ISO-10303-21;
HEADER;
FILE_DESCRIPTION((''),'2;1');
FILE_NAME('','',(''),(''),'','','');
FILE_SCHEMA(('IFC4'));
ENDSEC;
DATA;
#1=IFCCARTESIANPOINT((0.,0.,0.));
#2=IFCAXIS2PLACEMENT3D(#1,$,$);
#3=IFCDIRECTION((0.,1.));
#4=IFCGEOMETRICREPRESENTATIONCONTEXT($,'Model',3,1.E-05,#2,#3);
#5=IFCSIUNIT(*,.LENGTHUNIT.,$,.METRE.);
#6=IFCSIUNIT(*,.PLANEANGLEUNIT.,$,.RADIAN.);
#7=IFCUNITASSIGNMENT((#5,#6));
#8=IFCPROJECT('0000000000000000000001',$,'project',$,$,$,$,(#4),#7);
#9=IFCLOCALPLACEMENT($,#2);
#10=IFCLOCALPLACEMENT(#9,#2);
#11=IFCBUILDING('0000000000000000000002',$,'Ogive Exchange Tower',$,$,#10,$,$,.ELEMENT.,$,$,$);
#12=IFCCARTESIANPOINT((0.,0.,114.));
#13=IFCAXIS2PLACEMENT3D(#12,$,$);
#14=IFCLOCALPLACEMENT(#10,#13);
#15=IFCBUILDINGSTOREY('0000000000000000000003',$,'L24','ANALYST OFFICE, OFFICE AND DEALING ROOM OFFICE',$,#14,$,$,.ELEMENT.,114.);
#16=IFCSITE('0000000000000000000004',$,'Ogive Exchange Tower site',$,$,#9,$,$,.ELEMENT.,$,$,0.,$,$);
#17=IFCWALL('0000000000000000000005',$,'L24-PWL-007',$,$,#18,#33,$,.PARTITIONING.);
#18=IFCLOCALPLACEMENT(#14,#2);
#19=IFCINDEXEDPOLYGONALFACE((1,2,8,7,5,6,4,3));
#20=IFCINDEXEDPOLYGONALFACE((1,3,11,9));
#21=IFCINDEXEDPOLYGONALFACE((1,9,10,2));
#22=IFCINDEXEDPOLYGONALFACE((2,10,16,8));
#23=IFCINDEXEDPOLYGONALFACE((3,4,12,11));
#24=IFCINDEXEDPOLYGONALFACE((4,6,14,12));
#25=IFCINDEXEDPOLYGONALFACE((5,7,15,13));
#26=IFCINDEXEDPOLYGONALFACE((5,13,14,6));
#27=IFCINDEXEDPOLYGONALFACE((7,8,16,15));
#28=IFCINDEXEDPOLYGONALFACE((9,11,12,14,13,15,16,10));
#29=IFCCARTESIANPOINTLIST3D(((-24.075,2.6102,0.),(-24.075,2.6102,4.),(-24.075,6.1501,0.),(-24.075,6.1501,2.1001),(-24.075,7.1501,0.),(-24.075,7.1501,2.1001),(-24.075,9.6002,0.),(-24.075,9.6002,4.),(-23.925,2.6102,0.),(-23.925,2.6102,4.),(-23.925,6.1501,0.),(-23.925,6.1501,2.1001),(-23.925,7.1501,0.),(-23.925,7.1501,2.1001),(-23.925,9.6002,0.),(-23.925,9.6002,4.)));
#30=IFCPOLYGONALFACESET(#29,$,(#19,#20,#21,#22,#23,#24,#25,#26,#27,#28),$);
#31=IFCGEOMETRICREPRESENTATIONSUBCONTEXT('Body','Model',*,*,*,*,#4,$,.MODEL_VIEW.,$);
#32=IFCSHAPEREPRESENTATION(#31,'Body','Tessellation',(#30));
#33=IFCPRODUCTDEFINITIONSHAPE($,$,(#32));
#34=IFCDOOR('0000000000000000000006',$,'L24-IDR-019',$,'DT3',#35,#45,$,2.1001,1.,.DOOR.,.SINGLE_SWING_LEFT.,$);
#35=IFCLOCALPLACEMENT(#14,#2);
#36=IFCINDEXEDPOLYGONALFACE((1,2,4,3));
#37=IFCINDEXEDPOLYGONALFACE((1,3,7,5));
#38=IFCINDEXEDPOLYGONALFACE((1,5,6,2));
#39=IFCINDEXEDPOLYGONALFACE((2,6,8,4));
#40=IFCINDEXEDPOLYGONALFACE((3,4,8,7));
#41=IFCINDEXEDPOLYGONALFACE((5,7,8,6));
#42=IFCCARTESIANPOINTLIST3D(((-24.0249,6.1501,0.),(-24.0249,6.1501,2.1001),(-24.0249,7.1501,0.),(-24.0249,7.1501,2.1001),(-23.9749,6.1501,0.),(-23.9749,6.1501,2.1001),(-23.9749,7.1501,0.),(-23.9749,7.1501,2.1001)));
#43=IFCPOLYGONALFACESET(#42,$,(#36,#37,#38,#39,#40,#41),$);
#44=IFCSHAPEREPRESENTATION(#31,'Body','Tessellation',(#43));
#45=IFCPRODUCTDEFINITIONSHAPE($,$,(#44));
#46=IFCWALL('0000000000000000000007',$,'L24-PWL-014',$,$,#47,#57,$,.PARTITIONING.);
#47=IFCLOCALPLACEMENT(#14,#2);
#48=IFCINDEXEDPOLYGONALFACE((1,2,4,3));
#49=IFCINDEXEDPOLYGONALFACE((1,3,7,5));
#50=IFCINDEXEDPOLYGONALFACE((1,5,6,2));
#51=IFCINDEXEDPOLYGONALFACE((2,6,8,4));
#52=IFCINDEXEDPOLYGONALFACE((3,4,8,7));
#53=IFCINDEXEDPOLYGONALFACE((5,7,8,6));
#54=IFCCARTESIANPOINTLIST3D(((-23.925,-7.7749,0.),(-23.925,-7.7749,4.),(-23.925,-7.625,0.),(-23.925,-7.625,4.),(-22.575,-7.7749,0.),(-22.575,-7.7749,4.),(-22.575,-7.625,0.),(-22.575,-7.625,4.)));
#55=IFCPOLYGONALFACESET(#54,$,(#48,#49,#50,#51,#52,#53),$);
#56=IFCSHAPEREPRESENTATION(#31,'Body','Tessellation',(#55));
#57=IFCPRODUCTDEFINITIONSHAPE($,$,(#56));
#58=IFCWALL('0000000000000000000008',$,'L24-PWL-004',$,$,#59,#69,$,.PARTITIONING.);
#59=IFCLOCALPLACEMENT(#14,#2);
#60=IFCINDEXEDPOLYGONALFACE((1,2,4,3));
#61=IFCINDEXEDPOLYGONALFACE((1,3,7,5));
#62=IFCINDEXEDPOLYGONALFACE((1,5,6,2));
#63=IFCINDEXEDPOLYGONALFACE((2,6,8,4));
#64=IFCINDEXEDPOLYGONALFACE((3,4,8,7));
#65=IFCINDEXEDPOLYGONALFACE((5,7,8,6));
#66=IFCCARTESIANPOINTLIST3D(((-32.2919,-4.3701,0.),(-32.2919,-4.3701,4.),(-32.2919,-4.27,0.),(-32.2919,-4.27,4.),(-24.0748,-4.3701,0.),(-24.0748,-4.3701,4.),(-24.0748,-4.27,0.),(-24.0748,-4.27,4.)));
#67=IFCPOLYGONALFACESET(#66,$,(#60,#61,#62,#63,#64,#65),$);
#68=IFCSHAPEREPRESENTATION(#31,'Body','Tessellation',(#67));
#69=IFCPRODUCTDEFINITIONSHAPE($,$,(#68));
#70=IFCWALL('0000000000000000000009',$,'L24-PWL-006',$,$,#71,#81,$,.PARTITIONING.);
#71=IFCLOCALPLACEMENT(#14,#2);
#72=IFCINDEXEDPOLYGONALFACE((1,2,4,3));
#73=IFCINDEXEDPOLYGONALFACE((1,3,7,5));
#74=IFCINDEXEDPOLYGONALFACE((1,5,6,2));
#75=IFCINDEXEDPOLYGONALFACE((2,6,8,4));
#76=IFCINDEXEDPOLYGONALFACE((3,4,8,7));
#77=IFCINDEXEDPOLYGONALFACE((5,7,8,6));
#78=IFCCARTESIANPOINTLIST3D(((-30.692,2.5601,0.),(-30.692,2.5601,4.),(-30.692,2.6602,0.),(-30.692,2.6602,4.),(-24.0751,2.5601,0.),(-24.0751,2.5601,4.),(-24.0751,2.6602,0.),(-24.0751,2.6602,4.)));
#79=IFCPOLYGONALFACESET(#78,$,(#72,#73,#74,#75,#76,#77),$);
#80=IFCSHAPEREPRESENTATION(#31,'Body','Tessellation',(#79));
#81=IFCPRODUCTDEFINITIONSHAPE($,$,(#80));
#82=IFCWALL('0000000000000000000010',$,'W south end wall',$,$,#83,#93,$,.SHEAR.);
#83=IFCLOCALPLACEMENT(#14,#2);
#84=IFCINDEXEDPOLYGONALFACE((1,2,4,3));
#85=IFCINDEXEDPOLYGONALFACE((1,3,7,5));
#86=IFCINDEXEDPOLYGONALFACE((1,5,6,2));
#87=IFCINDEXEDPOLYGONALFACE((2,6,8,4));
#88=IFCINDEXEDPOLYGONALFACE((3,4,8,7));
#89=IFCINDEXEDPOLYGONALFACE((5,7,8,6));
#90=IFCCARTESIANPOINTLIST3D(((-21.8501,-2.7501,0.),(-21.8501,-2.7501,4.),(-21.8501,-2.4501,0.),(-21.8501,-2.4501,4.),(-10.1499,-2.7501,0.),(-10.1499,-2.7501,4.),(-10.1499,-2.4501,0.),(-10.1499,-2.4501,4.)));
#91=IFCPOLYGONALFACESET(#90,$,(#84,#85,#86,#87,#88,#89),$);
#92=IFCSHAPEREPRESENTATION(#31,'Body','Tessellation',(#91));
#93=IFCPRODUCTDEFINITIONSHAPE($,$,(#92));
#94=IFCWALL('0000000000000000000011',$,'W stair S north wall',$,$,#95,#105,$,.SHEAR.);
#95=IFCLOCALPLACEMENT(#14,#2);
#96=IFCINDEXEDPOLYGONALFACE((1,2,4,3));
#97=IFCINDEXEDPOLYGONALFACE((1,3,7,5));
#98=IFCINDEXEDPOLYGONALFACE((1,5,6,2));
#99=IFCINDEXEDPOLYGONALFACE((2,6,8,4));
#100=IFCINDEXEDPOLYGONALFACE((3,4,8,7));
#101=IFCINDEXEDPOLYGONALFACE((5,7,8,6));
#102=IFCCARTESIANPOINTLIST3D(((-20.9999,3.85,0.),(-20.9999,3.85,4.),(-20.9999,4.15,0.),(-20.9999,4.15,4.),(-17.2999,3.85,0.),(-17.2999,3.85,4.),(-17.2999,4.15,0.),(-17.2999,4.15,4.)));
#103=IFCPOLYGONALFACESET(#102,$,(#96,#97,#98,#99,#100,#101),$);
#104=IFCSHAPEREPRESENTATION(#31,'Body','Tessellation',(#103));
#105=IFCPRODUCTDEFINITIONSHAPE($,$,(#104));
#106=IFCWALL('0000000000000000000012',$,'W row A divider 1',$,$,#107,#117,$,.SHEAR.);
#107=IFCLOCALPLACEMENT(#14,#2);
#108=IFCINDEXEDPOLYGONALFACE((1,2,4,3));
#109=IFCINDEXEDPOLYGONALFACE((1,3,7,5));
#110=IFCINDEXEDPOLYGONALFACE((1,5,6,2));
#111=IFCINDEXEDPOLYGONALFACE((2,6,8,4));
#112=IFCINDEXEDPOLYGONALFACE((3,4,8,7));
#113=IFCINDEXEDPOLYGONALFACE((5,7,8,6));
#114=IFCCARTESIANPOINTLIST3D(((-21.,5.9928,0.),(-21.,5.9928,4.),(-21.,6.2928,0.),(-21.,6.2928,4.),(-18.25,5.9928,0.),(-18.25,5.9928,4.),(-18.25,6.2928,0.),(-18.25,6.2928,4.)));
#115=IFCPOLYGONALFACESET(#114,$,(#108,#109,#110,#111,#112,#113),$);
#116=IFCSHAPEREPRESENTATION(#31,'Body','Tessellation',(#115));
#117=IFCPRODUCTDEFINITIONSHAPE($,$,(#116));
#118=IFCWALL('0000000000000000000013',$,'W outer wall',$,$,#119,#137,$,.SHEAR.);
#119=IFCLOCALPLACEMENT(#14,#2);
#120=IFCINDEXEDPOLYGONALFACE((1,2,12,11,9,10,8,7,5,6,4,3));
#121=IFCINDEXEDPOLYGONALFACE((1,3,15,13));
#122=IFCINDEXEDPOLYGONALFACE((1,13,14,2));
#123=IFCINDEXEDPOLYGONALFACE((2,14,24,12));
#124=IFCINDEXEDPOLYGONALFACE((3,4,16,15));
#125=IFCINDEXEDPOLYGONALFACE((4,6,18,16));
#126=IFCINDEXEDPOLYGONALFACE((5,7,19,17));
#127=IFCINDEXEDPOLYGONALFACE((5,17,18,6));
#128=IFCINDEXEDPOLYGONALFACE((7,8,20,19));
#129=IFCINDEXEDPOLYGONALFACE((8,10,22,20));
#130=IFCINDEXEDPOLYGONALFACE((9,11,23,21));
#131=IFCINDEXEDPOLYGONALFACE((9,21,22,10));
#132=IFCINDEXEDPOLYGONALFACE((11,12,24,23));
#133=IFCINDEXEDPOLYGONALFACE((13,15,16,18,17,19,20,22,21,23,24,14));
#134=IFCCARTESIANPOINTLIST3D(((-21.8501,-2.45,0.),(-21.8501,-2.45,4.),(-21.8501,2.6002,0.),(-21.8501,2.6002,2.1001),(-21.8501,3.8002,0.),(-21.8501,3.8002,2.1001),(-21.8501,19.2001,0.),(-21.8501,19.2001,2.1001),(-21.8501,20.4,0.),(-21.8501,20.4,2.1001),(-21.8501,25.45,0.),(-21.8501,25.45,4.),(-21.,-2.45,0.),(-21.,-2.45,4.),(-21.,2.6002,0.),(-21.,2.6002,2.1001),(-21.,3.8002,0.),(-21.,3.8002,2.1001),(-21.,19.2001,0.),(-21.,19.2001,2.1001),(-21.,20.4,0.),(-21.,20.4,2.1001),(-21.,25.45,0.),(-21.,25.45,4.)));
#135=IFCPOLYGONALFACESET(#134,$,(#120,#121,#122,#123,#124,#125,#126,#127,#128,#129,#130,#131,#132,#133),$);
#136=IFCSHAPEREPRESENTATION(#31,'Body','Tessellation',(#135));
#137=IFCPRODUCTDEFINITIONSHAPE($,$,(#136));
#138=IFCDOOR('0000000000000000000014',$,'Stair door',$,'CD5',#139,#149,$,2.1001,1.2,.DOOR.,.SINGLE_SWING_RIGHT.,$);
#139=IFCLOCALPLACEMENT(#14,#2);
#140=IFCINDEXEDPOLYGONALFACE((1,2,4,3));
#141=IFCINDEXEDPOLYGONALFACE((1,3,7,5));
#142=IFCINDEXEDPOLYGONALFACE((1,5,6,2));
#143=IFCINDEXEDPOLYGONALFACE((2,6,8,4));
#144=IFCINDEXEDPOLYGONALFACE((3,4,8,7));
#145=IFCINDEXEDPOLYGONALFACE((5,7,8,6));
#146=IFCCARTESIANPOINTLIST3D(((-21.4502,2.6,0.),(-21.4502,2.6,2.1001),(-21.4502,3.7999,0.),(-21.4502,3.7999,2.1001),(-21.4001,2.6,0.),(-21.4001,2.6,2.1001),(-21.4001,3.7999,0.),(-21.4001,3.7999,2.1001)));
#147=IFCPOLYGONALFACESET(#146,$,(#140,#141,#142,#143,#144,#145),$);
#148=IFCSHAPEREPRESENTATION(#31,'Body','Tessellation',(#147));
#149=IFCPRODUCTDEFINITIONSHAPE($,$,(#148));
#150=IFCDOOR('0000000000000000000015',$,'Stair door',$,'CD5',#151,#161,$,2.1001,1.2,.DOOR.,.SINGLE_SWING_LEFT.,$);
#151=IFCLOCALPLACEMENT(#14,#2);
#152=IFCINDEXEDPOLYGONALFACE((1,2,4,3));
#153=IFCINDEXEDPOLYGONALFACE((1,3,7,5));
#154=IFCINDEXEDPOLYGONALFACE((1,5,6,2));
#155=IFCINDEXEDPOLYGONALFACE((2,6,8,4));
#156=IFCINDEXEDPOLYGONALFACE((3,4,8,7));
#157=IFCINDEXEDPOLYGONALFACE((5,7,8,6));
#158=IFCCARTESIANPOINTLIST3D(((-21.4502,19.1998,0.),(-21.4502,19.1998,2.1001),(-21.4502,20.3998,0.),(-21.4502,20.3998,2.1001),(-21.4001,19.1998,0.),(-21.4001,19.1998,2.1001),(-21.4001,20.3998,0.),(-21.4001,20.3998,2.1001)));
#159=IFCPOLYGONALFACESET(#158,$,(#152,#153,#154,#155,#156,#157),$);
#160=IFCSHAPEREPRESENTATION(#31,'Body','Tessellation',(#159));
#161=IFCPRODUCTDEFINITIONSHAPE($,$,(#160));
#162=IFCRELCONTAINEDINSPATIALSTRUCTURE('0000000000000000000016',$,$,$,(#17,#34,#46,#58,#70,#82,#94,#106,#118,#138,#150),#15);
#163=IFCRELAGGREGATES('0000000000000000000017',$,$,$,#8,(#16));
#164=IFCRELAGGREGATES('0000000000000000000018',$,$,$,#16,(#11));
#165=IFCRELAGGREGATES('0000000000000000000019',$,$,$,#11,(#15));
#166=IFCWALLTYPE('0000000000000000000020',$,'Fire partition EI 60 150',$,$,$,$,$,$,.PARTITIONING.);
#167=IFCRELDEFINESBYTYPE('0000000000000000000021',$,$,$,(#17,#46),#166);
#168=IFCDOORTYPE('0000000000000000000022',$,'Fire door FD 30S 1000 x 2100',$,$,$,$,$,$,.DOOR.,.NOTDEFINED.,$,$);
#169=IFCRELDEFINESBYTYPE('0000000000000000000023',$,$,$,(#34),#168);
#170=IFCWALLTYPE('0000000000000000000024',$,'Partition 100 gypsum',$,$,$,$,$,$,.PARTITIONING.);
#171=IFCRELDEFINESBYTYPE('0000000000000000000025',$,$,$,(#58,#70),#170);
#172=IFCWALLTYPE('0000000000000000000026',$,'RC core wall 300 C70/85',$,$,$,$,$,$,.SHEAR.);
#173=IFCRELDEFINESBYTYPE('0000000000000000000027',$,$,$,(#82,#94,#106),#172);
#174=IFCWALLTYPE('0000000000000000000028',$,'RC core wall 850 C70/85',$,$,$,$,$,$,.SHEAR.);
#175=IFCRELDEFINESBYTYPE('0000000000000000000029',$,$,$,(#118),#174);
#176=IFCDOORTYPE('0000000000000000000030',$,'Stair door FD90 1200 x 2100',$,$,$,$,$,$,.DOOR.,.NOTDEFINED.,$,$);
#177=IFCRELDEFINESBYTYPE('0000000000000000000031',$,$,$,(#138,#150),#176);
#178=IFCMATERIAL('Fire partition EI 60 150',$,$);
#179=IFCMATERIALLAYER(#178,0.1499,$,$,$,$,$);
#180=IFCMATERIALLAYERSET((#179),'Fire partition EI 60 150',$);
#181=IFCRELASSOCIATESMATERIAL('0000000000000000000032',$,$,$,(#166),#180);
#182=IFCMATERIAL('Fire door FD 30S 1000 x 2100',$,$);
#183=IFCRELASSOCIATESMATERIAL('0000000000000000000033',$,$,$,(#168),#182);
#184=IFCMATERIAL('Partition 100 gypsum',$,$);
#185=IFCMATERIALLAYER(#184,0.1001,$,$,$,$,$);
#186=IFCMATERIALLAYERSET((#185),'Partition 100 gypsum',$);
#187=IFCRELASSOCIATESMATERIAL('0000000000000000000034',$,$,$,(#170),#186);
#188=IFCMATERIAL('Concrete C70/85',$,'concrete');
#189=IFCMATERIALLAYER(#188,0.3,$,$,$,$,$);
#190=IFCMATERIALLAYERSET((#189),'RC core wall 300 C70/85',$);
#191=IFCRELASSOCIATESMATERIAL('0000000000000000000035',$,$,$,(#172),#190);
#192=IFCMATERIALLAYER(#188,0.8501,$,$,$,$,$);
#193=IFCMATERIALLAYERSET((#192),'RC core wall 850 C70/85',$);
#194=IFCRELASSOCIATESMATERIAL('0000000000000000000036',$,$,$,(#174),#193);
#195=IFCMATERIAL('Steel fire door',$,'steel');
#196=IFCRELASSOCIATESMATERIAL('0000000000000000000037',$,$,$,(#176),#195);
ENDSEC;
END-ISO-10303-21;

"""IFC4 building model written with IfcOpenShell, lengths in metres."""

from ifc_helpers import new_model, si_unit, direction, frame, frame_2d, origin, place, context, subcontext, project, spatial, rectangle, extrude, material, layer, layer_set, type_object, element, fill, save


model = new_model("IFC4")

# Units and contexts
model_context = context("Model", 3, precision=1e-05, world=origin(), true_north=direction((0.0, 1.0)))
body_context = subcontext(model_context, "Body", "Model", "MODEL_VIEW")
ifc_project = project(units=[si_unit("LENGTHUNIT", "METRE"), si_unit("PLANEANGLEUNIT", "RADIAN")], contexts=[model_context])

# Site, building, storey
site_placement = place(None, origin())
site = spatial("IfcSite", under=ifc_project, at=site_placement, Name="Ogive Exchange Tower site", CompositionType="ELEMENT", RefElevation=0.0)
building_placement = place(site_placement, origin())
building = spatial("IfcBuilding", under=site, at=building_placement, Name="Ogive Exchange Tower", CompositionType="ELEMENT")
storey_placement = place(building_placement, frame((0.0, 0.0, 114.0)))
storey = spatial("IfcBuildingStorey", under=building, at=storey_placement, Name="L24", Description="ANALYST OFFICE, OFFICE AND DEALING ROOM OFFICE", CompositionType="ELEMENT", Elevation=114.0)

# Wall, opening, door
ifc_material_1 = material(Name="Fire partition EI 60 150")
ifc_layer_1 = layer(ifc_material_1, 0.1499)
ifc_layer_set_1 = layer_set([ifc_layer_1], Name="Fire partition EI 60 150")
wall_type_1 = type_object("IfcWallType", Name="Fire partition EI 60 150", PredefinedType="PARTITIONING", material=ifc_layer_set_1)
ifc_material_2 = material(Name="Fire door FD 30S 1000 x 2100")
door_type_1 = type_object("IfcDoorType", Name="Fire door FD 30S 1000 x 2100", OperationType="NOTDEFINED", PredefinedType="DOOR", material=ifc_material_2)
wall_1_placement = place(storey_placement, frame((-24.0, 2.6101, 0.0), z_axis=(0.0, 0.0, 1.0), x_axis=(0.0, 1.0, 0.0)))
wall_1 = element("IfcWall", 1, at=wall_1_placement, inside=storey, type_object=wall_type_1, Name="L24-PWL-007", PredefinedType="PARTITIONING", context=body_context, shape_type="SweptSolid", body=[
    extrude(rectangle(XDim=6.99, YDim=0.1499, at=frame_2d((3.4951, 0.0))), origin(), (0.0, 0.0, 1.0), 4.0),
])
opening_1_placement = place(wall_1_placement, frame((3.54, 0.0, 0.0)))
opening_1 = element("IfcOpeningElement", 2, at=opening_1_placement, cuts=wall_1, PredefinedType="OPENING", context=body_context, shape_type="SweptSolid", body=[
    extrude(rectangle(XDim=1.0, YDim=2.1001, at=frame_2d((0.5, 1.05))), frame((0.0, 0.085, 0.0), z_axis=(0.0, -1.0, 0.0), x_axis=(1.0, 0.0, 0.0)), (0.0, 0.0, 1.0), 0.1699),
])
door_1_placement = place(opening_1_placement, origin())
door_1 = element("IfcDoor", 3, at=door_1_placement, inside=storey, type_object=door_type_1, Name="L24-IDR-019", ObjectType="DT3", OperationType="SINGLE_SWING_LEFT", OverallHeight=2.1001, OverallWidth=1.0, PredefinedType="DOOR", context=body_context, shape_type="SweptSolid", body=[
    extrude(rectangle(XDim=1.0, YDim=2.1001, at=frame_2d((0.5, 1.05))), frame((0.0, 0.0249, 0.0), z_axis=(0.0, -1.0, 0.0), x_axis=(1.0, 0.0, 0.0)), (0.0, 0.0, 1.0), 0.05),
])
fill(opening_1, door_1)

# Walls
wall_2_placement = place(storey_placement, frame((-22.575, -7.7, 0.0), z_axis=(0.0, 0.0, 1.0), x_axis=(-1.0, 0.0, 0.0)))
element("IfcWall", 4, at=wall_2_placement, inside=storey, type_object=wall_type_1, Name="L24-PWL-014", PredefinedType="PARTITIONING", context=body_context, shape_type="SweptSolid", body=[
    extrude(rectangle(XDim=1.3501, YDim=0.1499, at=frame_2d((0.675, 0.0))), origin(), (0.0, 0.0, 1.0), 4.0),
])
ifc_material_3 = material(Name="Partition 100 gypsum")
ifc_layer_2 = layer(ifc_material_3, 0.1001)
ifc_layer_set_2 = layer_set([ifc_layer_2], Name="Partition 100 gypsum")
wall_type_2 = type_object("IfcWallType", Name="Partition 100 gypsum", PredefinedType="PARTITIONING", material=ifc_layer_set_2)
wall_3_placement = place(storey_placement, frame((-24.075, -4.3201, 0.0), z_axis=(0.0, 0.0, 1.0), x_axis=(-1.0, 0.0, 0.0)))
element("IfcWall", 5, at=wall_3_placement, inside=storey, type_object=wall_type_2, Name="L24-PWL-004", PredefinedType="PARTITIONING", context=body_context, shape_type="SweptSolid", body=[
    extrude(rectangle(XDim=8.217, YDim=0.1001, at=frame_2d((4.1084, 0.0))), origin(), (0.0, 0.0, 1.0), 4.0),
])
wall_4_placement = place(storey_placement, frame((-24.075, 2.6101, 0.0), z_axis=(0.0, 0.0, 1.0), x_axis=(-1.0, 0.0, 0.0)))
element("IfcWall", 6, at=wall_4_placement, inside=storey, type_object=wall_type_2, Name="L24-PWL-006", PredefinedType="PARTITIONING", context=body_context, shape_type="SweptSolid", body=[
    extrude(rectangle(XDim=6.6169, YDim=0.1001, at=frame_2d((3.3086, 0.0))), origin(), (0.0, 0.0, 1.0), 4.0),
])
ifc_material_4 = material(Name="Concrete C70/85", Category="concrete")
ifc_layer_3 = layer(ifc_material_4, 0.3)
ifc_layer_set_3 = layer_set([ifc_layer_3], Name="RC core wall 300 C70/85")
wall_type_3 = type_object("IfcWallType", Name="RC core wall 300 C70/85", PredefinedType="SHEAR", material=ifc_layer_set_3)
wall_5_placement = place(storey_placement, frame((-21.8501, -2.6001, 0.0), z_axis=(0.0, 0.0, 1.0), x_axis=(1.0, 0.0, 0.0)))
element("IfcWall", 7, at=wall_5_placement, inside=storey, type_object=wall_type_3, Name="W south end wall", PredefinedType="SHEAR", context=body_context, shape_type="SweptSolid", body=[
    extrude(rectangle(XDim=11.7002, YDim=0.3, at=frame_2d((5.8501, 0.0))), origin(), (0.0, 0.0, 1.0), 4.0),
])
wall_6_placement = place(storey_placement, frame((-21.0, 4.0, 0.0), z_axis=(0.0, 0.0, 1.0), x_axis=(1.0, 0.0, 0.0)))
element("IfcWall", 8, at=wall_6_placement, inside=storey, type_object=wall_type_3, Name="W stair S north wall", PredefinedType="SHEAR", context=body_context, shape_type="SweptSolid", body=[
    extrude(rectangle(XDim=3.7, YDim=0.3, at=frame_2d((1.8501, 0.0))), origin(), (0.0, 0.0, 1.0), 4.0),
])
wall_7_placement = place(storey_placement, frame((-21.0, 6.1428, 0.0), z_axis=(0.0, 0.0, 1.0), x_axis=(1.0, 0.0, 0.0)))
element("IfcWall", 9, at=wall_7_placement, inside=storey, type_object=wall_type_3, Name="W row A divider 1", PredefinedType="SHEAR", context=body_context, shape_type="SweptSolid", body=[
    extrude(rectangle(XDim=2.75, YDim=0.3, at=frame_2d((1.375, 0.0))), origin(), (0.0, 0.0, 1.0), 4.0),
])

# Wall, openings, doors
ifc_layer_4 = layer(ifc_material_4, 0.8501)
ifc_layer_set_4 = layer_set([ifc_layer_4], Name="RC core wall 850 C70/85")
wall_type_4 = type_object("IfcWallType", Name="RC core wall 850 C70/85", PredefinedType="SHEAR", material=ifc_layer_set_4)
wall_8_placement = place(storey_placement, frame((-21.425, -2.45, 0.0), z_axis=(0.0, 0.0, 1.0), x_axis=(0.0, 1.0, 0.0)))
wall_8 = element("IfcWall", 10, at=wall_8_placement, inside=storey, type_object=wall_type_4, Name="W outer wall", PredefinedType="SHEAR", context=body_context, shape_type="SweptSolid", body=[
    extrude(rectangle(XDim=27.8999, YDim=0.8501, at=frame_2d((13.95, 0.0))), origin(), (0.0, 0.0, 1.0), 4.0),
])
opening_2_placement = place(wall_8_placement, frame((5.05, 0.0, 0.0)))
opening_2 = element("IfcOpeningElement", 11, at=opening_2_placement, cuts=wall_8, PredefinedType="OPENING", context=body_context, shape_type="SweptSolid", body=[
    extrude(rectangle(XDim=1.2, YDim=2.1001, at=frame_2d((0.6001, 1.05))), frame((0.0, 0.4351, 0.0), z_axis=(0.0, -1.0, 0.0), x_axis=(1.0, 0.0, 0.0)), (0.0, 0.0, 1.0), 0.8701),
])
opening_3_placement = place(wall_8_placement, frame((21.6499, 0.0, 0.0)))
opening_3 = element("IfcOpeningElement", 12, at=opening_3_placement, cuts=wall_8, PredefinedType="OPENING", context=body_context, shape_type="SweptSolid", body=[
    extrude(rectangle(XDim=1.2, YDim=2.1001, at=frame_2d((0.6001, 1.05))), frame((0.0, 0.4351, 0.0), z_axis=(0.0, -1.0, 0.0), x_axis=(1.0, 0.0, 0.0)), (0.0, 0.0, 1.0), 0.8701),
])
ifc_material_5 = material(Name="Steel fire door", Category="steel")
door_type_2 = type_object("IfcDoorType", Name="Stair door FD90 1200 x 2100", OperationType="NOTDEFINED", PredefinedType="DOOR", material=ifc_material_5)
door_2_placement = place(opening_2_placement, frame((1.2, 0.0, 0.0), z_axis=(0.0, 0.0, 1.0), x_axis=(-1.0, 0.0, 0.0)))
door_2 = element("IfcDoor", 13, at=door_2_placement, inside=storey, type_object=door_type_2, Name="Stair door", ObjectType="CD5", OperationType="SINGLE_SWING_RIGHT", OverallHeight=2.1001, OverallWidth=1.2, PredefinedType="DOOR", context=body_context, shape_type="SweptSolid", body=[
    extrude(rectangle(XDim=1.2, YDim=2.1001, at=frame_2d((0.6001, 1.05))), frame((0.0, 0.0249, 0.0), z_axis=(0.0, -1.0, 0.0), x_axis=(1.0, 0.0, 0.0)), (0.0, 0.0, 1.0), 0.05),
])
fill(opening_2, door_2)
door_3_placement = place(opening_3_placement, frame((1.2, 0.0, 0.0), z_axis=(0.0, 0.0, 1.0), x_axis=(-1.0, 0.0, 0.0)))
door_3 = element("IfcDoor", 14, at=door_3_placement, inside=storey, type_object=door_type_2, Name="Stair door", ObjectType="CD5", OperationType="SINGLE_SWING_LEFT", OverallHeight=2.1001, OverallWidth=1.2, PredefinedType="DOOR", context=body_context, shape_type="SweptSolid", body=[
    extrude(rectangle(XDim=1.2, YDim=2.1001, at=frame_2d((0.6001, 1.05))), frame((0.0, 0.0249, 0.0), z_axis=(0.0, -1.0, 0.0), x_axis=(1.0, 0.0, 0.0)), (0.0, 0.0, 1.0), 0.05),
])
fill(opening_3, door_3)

save(model, "model.ifc")
